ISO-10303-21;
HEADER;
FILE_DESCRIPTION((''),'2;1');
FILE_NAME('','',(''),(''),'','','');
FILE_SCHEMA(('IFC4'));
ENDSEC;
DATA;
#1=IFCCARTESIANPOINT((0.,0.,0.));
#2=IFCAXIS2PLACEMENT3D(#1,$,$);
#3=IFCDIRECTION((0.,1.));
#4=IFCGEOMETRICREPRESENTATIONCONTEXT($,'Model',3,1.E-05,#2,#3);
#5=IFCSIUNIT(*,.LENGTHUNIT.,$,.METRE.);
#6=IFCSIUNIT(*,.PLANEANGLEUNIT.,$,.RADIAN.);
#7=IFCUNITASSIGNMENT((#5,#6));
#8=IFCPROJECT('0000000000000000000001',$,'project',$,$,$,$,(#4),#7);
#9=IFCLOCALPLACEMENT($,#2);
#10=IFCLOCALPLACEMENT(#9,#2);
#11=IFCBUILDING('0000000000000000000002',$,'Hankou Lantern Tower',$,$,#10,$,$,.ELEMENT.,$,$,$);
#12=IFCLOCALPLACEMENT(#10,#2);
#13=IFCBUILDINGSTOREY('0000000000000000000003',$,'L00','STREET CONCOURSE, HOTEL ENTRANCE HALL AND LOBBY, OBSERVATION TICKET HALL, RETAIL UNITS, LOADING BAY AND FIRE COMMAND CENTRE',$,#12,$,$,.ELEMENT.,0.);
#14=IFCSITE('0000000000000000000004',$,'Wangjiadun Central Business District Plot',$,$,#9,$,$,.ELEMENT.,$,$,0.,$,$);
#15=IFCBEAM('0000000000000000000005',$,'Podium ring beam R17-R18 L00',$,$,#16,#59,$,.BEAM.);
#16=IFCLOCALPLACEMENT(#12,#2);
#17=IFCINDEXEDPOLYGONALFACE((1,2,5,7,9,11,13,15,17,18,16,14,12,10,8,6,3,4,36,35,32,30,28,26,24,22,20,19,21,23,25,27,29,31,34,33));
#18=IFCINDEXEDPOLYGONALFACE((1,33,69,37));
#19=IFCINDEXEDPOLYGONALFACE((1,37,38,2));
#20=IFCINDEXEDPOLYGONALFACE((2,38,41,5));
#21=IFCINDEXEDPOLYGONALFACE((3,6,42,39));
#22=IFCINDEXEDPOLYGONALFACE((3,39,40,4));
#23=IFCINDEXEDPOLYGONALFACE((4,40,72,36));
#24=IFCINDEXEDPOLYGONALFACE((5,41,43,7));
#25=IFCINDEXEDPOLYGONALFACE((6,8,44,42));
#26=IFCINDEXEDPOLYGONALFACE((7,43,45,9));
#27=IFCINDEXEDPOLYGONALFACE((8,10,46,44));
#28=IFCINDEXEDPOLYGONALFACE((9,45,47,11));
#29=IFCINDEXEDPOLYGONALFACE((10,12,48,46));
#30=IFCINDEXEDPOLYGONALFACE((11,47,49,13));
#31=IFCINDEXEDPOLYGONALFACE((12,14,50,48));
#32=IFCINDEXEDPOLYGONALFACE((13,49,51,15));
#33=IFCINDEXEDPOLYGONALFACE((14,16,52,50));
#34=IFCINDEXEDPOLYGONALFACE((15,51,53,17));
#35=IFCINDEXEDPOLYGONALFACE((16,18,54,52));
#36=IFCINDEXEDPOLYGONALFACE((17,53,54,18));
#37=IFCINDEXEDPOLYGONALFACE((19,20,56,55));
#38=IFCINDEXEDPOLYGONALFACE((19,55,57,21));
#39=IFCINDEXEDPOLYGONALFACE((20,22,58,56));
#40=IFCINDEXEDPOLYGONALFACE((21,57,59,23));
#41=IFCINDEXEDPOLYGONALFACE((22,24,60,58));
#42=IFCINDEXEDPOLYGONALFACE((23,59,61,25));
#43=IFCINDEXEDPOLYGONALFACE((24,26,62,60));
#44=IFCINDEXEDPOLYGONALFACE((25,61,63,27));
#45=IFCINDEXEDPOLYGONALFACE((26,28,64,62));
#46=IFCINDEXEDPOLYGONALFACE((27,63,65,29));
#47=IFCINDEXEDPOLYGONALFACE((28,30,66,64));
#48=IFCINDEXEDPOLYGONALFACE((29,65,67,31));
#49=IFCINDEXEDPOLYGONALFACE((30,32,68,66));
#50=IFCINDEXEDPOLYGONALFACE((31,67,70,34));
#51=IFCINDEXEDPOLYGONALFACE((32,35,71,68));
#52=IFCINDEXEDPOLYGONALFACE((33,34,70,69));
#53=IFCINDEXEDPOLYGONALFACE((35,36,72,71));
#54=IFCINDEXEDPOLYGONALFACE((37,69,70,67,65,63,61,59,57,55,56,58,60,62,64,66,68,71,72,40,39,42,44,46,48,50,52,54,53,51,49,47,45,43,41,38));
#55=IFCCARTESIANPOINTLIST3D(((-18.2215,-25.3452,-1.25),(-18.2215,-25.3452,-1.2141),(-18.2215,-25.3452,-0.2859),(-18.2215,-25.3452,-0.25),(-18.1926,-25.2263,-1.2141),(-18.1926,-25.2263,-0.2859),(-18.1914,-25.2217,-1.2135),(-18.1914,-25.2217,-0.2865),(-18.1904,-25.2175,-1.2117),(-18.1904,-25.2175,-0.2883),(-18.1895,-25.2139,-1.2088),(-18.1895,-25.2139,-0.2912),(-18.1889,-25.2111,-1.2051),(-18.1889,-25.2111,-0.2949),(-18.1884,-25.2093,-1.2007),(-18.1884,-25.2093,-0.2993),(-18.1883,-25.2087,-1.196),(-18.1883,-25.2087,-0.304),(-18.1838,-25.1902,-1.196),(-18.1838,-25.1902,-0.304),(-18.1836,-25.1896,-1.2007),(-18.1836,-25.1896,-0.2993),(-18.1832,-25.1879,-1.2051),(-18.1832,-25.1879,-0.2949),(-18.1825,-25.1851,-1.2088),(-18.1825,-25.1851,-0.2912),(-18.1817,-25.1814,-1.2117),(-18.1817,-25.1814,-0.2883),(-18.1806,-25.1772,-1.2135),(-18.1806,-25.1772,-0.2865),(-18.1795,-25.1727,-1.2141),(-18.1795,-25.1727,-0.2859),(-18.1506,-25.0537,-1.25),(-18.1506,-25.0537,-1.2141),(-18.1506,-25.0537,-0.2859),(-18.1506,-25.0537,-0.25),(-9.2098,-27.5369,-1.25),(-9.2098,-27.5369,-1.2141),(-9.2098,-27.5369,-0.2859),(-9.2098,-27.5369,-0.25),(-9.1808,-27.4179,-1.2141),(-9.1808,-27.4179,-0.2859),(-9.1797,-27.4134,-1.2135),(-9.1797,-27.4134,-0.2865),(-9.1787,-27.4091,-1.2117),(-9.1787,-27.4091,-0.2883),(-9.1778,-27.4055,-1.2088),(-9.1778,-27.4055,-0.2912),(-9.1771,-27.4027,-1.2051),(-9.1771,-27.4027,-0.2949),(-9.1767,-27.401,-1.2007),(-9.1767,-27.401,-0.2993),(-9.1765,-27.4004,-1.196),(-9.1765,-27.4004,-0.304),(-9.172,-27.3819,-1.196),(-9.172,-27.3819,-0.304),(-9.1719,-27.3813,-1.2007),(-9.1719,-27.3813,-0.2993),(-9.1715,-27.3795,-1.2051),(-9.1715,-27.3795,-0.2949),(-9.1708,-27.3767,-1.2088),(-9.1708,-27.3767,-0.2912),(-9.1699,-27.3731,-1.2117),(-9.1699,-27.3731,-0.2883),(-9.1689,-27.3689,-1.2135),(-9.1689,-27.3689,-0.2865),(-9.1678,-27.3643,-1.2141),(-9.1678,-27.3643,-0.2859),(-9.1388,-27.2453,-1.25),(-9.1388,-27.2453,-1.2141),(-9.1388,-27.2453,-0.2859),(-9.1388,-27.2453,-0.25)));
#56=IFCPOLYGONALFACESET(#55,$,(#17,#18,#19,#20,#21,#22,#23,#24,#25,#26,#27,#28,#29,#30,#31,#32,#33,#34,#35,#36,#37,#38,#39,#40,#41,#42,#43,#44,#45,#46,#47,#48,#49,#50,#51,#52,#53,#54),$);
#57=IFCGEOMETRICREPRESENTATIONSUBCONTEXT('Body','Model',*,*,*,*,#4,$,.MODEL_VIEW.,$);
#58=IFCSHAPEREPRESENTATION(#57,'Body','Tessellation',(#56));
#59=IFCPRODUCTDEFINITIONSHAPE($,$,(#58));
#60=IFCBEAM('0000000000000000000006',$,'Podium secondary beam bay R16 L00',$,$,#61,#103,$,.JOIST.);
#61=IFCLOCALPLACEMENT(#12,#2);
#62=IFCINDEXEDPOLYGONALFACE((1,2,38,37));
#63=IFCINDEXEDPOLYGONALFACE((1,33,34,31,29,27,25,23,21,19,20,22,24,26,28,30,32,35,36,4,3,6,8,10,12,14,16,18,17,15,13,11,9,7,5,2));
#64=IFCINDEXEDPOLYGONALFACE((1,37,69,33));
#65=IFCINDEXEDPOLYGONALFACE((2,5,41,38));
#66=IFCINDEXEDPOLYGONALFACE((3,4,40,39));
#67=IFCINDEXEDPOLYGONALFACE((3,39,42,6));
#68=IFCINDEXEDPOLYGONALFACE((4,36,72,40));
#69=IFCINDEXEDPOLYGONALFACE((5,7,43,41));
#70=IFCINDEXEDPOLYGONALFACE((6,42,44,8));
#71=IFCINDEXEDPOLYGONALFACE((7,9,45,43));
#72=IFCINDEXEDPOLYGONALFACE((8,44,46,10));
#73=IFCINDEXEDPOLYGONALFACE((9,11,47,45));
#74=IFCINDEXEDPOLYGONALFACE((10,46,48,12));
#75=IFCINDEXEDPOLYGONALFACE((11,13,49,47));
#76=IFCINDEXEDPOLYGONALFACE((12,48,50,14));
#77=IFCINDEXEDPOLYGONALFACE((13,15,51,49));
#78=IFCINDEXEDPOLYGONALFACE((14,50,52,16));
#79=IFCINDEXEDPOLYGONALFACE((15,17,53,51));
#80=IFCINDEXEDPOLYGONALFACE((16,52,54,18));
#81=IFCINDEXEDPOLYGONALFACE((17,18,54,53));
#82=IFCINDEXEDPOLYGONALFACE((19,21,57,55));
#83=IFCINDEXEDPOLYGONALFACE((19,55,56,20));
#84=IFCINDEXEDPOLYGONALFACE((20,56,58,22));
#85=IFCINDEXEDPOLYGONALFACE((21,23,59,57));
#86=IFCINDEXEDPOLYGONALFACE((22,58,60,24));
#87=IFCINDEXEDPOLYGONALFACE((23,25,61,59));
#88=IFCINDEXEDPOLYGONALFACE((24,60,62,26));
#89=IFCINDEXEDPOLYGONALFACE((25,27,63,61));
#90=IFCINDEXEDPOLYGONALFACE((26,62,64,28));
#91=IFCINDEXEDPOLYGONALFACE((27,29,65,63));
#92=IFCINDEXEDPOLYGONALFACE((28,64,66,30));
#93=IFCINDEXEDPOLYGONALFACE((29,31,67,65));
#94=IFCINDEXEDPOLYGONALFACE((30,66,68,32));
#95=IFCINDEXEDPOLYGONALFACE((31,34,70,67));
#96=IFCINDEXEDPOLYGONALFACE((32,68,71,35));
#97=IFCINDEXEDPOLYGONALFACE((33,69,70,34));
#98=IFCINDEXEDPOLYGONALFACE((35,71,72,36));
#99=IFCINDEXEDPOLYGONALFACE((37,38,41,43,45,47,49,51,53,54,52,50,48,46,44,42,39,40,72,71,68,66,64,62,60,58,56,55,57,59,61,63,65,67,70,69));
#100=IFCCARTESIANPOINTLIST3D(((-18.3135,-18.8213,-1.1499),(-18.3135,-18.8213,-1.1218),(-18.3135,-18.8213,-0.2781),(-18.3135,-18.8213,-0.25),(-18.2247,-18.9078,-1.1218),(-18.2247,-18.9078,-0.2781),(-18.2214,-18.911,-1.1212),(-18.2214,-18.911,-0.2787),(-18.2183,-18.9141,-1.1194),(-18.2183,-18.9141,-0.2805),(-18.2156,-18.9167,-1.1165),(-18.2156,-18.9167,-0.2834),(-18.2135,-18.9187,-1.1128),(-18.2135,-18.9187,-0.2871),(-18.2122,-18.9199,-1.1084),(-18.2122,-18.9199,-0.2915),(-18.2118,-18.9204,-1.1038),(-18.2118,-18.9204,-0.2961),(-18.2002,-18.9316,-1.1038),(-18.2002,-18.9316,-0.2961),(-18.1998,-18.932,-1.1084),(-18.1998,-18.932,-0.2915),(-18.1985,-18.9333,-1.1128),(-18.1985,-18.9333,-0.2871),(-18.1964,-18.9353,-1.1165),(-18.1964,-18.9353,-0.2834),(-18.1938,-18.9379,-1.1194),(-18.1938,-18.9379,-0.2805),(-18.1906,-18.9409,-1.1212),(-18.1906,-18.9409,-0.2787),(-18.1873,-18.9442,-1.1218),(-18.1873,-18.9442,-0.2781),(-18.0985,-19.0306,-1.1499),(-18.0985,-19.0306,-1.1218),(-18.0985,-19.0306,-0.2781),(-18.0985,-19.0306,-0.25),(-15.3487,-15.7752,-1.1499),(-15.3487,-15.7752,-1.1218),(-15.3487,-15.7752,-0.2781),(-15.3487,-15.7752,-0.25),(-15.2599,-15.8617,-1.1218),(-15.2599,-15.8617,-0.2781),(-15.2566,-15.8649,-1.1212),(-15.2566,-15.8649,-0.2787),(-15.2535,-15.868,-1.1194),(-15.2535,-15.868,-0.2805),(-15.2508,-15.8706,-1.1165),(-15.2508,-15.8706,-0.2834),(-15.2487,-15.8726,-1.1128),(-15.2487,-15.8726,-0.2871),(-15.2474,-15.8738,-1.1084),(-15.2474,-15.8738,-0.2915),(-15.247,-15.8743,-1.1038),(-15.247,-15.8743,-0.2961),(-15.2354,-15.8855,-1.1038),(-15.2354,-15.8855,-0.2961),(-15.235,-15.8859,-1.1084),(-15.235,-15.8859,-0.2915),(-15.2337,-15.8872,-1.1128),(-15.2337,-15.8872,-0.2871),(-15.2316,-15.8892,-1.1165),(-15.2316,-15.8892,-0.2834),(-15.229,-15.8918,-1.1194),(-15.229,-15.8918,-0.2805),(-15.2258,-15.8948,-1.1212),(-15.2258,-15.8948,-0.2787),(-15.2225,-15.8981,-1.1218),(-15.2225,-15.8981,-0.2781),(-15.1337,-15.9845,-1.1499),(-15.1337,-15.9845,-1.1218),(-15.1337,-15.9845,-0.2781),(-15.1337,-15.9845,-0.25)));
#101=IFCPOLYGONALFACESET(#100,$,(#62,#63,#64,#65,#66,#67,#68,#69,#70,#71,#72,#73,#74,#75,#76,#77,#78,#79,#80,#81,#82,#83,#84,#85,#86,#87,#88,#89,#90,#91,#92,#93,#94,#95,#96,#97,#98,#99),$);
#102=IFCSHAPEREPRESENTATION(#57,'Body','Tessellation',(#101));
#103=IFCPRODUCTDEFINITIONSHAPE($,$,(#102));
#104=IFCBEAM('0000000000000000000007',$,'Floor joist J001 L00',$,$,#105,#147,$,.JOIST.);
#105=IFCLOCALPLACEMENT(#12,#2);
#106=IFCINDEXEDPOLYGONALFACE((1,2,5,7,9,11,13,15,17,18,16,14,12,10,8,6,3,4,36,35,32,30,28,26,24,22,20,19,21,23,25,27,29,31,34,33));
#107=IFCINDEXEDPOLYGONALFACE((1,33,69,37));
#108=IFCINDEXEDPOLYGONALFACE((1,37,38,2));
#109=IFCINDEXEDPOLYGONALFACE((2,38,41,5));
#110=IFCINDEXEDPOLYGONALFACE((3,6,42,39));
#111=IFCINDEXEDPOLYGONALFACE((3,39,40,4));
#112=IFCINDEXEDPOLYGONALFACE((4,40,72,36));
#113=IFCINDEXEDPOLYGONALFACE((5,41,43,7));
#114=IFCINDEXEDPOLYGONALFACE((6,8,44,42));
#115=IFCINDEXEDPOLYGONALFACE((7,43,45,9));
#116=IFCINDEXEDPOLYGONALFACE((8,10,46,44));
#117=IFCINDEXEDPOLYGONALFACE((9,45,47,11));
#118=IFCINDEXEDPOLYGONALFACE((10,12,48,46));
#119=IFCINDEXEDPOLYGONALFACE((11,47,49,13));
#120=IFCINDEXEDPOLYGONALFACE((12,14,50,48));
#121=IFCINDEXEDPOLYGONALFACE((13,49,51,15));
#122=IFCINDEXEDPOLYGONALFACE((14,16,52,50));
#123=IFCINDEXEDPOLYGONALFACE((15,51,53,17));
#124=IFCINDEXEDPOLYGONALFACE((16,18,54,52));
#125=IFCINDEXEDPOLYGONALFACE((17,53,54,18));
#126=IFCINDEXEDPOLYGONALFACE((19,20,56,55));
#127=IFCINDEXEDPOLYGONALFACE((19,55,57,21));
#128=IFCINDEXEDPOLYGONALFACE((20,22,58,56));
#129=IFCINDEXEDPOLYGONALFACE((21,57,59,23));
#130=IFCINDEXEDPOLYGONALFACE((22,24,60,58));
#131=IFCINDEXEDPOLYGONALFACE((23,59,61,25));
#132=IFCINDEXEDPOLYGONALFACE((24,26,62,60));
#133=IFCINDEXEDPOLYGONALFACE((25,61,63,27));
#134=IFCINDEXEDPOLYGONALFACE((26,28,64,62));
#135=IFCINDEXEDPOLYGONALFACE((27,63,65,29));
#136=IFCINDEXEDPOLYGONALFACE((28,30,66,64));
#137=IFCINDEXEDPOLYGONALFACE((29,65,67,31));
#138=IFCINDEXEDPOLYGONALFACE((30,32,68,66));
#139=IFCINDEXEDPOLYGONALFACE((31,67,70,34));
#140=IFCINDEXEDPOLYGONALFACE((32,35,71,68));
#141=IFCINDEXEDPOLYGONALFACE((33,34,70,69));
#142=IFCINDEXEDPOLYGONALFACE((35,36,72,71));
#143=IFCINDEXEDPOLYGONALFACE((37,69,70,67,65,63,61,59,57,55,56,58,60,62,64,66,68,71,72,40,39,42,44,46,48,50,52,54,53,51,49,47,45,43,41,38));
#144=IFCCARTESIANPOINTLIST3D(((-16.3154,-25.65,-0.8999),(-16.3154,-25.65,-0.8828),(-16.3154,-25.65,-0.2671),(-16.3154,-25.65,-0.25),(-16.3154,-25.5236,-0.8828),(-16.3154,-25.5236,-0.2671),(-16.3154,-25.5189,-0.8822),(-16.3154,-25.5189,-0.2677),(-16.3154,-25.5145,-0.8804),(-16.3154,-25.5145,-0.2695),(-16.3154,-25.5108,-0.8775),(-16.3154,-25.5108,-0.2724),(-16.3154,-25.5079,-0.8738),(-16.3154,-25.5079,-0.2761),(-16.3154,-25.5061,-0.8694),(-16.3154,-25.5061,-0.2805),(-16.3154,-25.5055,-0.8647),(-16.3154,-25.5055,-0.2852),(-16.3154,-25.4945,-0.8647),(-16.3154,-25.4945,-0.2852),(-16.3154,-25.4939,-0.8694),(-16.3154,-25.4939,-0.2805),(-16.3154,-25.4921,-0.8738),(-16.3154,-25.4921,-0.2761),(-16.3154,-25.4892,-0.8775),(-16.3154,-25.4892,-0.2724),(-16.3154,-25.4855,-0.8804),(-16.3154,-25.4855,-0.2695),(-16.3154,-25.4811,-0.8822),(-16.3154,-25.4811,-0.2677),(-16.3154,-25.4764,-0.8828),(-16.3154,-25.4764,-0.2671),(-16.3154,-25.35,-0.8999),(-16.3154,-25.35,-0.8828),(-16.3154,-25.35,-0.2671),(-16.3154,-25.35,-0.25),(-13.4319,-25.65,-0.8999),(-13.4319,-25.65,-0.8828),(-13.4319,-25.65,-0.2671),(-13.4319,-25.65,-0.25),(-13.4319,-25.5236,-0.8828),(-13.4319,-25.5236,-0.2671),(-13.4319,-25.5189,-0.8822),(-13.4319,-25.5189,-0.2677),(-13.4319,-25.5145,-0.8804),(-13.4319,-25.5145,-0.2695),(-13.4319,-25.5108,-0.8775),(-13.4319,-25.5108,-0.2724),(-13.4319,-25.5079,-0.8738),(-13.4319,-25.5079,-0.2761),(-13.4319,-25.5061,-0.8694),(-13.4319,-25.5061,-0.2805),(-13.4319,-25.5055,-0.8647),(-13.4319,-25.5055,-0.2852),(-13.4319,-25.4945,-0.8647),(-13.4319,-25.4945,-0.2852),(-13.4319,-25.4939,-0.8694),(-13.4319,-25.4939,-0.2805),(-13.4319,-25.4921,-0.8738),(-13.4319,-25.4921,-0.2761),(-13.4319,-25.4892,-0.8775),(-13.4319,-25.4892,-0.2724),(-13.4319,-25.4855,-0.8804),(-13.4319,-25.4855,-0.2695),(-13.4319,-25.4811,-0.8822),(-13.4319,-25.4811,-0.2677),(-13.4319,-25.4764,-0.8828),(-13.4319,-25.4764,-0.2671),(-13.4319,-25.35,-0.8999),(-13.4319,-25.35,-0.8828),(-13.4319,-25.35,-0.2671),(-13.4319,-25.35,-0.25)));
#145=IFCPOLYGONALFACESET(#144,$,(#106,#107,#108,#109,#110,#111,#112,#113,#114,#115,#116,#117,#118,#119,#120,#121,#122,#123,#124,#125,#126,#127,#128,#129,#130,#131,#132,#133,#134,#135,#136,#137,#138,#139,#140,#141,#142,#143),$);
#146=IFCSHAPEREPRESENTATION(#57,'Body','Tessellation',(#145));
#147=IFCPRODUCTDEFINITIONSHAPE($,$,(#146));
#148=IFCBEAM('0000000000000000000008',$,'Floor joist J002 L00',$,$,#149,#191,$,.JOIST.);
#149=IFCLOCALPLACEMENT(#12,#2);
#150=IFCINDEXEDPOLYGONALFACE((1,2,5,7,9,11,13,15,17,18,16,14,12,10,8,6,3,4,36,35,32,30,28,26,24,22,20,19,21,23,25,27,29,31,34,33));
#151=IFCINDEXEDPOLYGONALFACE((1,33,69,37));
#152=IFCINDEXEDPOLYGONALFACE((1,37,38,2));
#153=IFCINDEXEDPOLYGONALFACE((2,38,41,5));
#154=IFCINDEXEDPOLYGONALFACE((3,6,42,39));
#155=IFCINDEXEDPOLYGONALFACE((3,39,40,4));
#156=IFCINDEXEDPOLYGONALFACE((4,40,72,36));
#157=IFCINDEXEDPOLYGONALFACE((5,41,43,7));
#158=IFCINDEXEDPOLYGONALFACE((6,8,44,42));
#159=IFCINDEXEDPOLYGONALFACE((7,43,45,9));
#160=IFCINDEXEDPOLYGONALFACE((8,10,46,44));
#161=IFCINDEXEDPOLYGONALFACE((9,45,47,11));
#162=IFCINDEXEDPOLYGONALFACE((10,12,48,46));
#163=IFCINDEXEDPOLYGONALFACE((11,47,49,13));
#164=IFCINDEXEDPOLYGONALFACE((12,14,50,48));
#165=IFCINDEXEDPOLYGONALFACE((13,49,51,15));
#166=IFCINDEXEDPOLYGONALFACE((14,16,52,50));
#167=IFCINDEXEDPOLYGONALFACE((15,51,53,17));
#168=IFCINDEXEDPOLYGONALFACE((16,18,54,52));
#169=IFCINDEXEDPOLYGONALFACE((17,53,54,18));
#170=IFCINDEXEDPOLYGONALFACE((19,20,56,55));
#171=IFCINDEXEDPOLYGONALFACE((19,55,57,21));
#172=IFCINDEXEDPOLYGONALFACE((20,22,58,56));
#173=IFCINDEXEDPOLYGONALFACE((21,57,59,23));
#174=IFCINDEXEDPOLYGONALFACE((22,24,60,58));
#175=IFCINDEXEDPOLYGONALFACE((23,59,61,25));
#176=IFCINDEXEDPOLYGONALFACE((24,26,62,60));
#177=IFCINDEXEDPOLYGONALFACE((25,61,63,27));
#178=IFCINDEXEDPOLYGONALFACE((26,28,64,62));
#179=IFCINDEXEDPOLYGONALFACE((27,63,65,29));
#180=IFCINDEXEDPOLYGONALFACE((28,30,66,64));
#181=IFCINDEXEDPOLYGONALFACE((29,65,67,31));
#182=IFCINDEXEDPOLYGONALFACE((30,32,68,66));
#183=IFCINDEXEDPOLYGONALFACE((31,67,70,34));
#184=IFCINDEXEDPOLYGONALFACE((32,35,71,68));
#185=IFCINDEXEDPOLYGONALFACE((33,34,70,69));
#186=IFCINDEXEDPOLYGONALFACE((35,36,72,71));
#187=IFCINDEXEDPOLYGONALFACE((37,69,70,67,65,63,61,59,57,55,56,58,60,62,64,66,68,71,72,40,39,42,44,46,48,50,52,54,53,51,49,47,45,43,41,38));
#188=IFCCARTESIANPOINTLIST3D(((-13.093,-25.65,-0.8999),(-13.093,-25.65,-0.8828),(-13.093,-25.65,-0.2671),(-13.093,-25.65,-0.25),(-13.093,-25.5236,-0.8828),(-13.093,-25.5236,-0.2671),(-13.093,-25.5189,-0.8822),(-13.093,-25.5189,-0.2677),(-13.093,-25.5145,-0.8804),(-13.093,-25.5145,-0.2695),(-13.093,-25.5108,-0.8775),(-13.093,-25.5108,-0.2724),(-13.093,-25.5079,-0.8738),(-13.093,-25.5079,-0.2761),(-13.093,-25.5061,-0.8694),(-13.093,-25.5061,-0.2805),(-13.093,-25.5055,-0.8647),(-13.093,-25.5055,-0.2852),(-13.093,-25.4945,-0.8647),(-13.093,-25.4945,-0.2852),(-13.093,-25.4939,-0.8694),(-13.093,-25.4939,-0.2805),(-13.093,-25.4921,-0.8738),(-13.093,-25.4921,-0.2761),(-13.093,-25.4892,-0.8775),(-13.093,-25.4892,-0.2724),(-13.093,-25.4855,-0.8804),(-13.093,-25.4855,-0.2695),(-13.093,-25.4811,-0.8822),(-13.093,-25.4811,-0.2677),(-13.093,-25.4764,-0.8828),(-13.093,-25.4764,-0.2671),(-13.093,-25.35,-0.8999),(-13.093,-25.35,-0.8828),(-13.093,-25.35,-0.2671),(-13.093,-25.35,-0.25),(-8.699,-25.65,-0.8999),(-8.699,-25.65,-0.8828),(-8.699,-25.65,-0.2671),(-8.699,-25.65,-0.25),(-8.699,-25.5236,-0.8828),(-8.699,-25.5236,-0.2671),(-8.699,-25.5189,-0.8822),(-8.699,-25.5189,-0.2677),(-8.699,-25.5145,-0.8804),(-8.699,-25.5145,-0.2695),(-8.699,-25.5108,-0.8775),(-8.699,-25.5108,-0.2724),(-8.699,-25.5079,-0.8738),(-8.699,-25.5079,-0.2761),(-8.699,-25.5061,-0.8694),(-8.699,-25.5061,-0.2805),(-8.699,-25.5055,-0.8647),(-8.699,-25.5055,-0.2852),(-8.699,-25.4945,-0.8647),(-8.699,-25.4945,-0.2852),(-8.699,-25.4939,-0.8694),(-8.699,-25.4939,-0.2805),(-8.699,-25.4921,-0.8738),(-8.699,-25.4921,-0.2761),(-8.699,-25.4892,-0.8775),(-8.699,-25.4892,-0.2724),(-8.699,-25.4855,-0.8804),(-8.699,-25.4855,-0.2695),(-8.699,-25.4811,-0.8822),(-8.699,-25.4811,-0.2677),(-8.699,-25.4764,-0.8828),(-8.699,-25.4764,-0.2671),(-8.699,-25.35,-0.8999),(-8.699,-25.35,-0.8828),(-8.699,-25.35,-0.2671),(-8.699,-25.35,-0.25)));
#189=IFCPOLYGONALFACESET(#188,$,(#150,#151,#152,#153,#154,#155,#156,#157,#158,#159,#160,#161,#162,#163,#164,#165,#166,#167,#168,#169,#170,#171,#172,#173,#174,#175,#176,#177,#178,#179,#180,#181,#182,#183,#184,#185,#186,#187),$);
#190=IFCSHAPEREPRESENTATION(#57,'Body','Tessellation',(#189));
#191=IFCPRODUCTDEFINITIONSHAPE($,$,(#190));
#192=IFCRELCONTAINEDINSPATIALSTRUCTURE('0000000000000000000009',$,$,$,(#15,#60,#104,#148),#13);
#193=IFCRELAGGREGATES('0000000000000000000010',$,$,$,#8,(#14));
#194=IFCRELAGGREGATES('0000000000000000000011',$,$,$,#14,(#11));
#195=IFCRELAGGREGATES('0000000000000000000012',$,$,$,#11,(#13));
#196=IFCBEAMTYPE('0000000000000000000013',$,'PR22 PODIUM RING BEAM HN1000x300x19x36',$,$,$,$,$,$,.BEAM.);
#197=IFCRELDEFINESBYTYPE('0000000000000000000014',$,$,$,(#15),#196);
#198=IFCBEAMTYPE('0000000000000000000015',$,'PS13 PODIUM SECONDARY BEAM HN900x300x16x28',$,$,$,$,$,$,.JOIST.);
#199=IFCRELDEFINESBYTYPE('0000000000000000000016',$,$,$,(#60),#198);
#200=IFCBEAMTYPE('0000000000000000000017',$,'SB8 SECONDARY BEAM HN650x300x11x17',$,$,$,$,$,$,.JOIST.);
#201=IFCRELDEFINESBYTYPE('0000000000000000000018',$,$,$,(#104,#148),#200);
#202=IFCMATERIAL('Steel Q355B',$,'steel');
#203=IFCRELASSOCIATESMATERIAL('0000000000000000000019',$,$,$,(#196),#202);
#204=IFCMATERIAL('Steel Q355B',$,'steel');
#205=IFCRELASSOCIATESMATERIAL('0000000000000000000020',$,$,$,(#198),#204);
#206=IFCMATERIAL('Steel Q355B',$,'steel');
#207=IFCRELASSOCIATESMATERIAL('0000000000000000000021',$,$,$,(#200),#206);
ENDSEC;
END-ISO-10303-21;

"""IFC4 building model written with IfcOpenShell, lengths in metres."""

from ifc_helpers import new_model, si_unit, direction, frame, origin, origin_2d, place, context, subcontext, project, spatial, i_section, extrude, material, material_profile, profile_set, type_object, element, save


model = new_model("IFC4")

# Units and contexts
model_context = context("Model", 3, precision=1e-05, world=origin(), true_north=direction((0.0, 1.0)))
body_context = subcontext(model_context, "Body", "Model", "MODEL_VIEW")
ifc_project = project(units=[si_unit("LENGTHUNIT", "METRE"), si_unit("PLANEANGLEUNIT", "RADIAN")], contexts=[model_context])

# Site, building, storey
site_placement = place(None, origin())
site = spatial("IfcSite", under=ifc_project, at=site_placement, Name="Wangjiadun Central Business District Plot", CompositionType="ELEMENT", RefElevation=0.0)
building_placement = place(site_placement, origin())
building = spatial("IfcBuilding", under=site, at=building_placement, Name="Hankou Lantern Tower", CompositionType="ELEMENT")
storey_placement = place(building_placement, origin())
storey = spatial("IfcBuildingStorey", under=building, at=storey_placement, Name="L00", Description="STREET CONCOURSE, HOTEL ENTRANCE HALL AND LOBBY, OBSERVATION TICKET HALL, RETAIL UNITS, LOADING BAY AND FIRE COMMAND CENTRE", CompositionType="ELEMENT", Elevation=0.0)

# Beams
ifc_material_1 = material(Name="Steel Q355B", Category="steel")
ifc_material_profile_1 = material_profile(ifc_material_1, i_section(OverallWidth=0.3, OverallDepth=1.0, WebThickness=0.019, FlangeThickness=0.0359, FilletRadius=0.0181, at=origin_2d()), Name="HN1000x300x19x36")
ifc_profile_set_1 = profile_set([ifc_material_profile_1], Name="Steel Q355B")
beam_type_1 = type_object("IfcBeamType", Name="PR22 PODIUM RING BEAM HN1000x300x19x36", PredefinedType="BEAM", material=ifc_profile_set_1)
beam_1_placement = place(storey_placement, frame((-18.186, -25.1995, -0.75), z_axis=(0.971677, -0.236312, 0.0), x_axis=(0.236312, 0.971677, 0.0)))
element("IfcBeam", 1, at=beam_1_placement, inside=storey, type_object=beam_type_1, Name="Podium ring beam R17-R18 L00", PredefinedType="BEAM", context=body_context, shape_type="SweptSolid", body=[
    extrude(i_section(OverallWidth=0.3, OverallDepth=1.0, WebThickness=0.019, FlangeThickness=0.0359, FilletRadius=0.0181, at=origin_2d()), origin(), (0.0, 0.0, 1.0), 9.2744),
])
ifc_material_2 = material(Name="Steel Q355B", Category="steel")
ifc_material_profile_2 = material_profile(ifc_material_2, i_section(OverallWidth=0.3, OverallDepth=0.8999, WebThickness=0.0161, FlangeThickness=0.0281, FilletRadius=0.0181, at=origin_2d()), Name="HN900x300x16x28")
ifc_profile_set_2 = profile_set([ifc_material_profile_2], Name="Steel Q355B")
beam_type_2 = type_object("IfcBeamType", Name="PS13 PODIUM SECONDARY BEAM HN900x300x16x28", PredefinedType="JOIST", material=ifc_profile_set_2)
beam_2_placement = place(storey_placement, frame((-15.2412, -15.8799, -0.7), z_axis=(-0.697479, -0.716605, 0.0), x_axis=(0.716605, -0.697479, 0.0)))
element("IfcBeam", 2, at=beam_2_placement, inside=storey, type_object=beam_type_2, Name="Podium secondary beam bay R16 L00", PredefinedType="JOIST", context=body_context, shape_type="SweptSolid", body=[
    extrude(i_section(OverallWidth=0.3, OverallDepth=0.8999, WebThickness=0.0161, FlangeThickness=0.0281, FilletRadius=0.0181, at=origin_2d()), origin(), (0.0, 0.0, 1.0), 4.2507),
])
ifc_material_3 = material(Name="Steel Q355B", Category="steel")
ifc_material_profile_3 = material_profile(ifc_material_3, i_section(OverallWidth=0.3, OverallDepth=0.6499, WebThickness=0.011, FlangeThickness=0.0171, FilletRadius=0.0181, at=origin_2d()), Name="HN650x300x11x17")
ifc_profile_set_3 = profile_set([ifc_material_profile_3], Name="Steel Q355B")
beam_type_3 = type_object("IfcBeamType", Name="SB8 SECONDARY BEAM HN650x300x11x17", PredefinedType="JOIST", material=ifc_profile_set_3)
beam_3_placement = place(storey_placement, frame((-16.3154, -25.5, -0.575), z_axis=(1.0, 0.0, 0.0), x_axis=(0.0, 1.0, 0.0)))
element("IfcBeam", 3, at=beam_3_placement, inside=storey, type_object=beam_type_3, Name="Floor joist J001 L00", PredefinedType="JOIST", context=body_context, shape_type="SweptSolid", body=[
    extrude(i_section(OverallWidth=0.3, OverallDepth=0.6499, WebThickness=0.011, FlangeThickness=0.0171, FilletRadius=0.0181, at=origin_2d()), origin(), (0.0, 0.0, 1.0), 2.8835),
])
beam_4_placement = place(storey_placement, frame((-13.093, -25.5, -0.575), z_axis=(1.0, 0.0, 0.0), x_axis=(0.0, 1.0, 0.0)))
element("IfcBeam", 4, at=beam_4_placement, inside=storey, type_object=beam_type_3, Name="Floor joist J002 L00", PredefinedType="JOIST", context=body_context, shape_type="SweptSolid", body=[
    extrude(i_section(OverallWidth=0.3, OverallDepth=0.6499, WebThickness=0.011, FlangeThickness=0.0171, FilletRadius=0.0181, at=origin_2d()), origin(), (0.0, 0.0, 1.0), 4.394),
])

save(model, "model.ifc")
